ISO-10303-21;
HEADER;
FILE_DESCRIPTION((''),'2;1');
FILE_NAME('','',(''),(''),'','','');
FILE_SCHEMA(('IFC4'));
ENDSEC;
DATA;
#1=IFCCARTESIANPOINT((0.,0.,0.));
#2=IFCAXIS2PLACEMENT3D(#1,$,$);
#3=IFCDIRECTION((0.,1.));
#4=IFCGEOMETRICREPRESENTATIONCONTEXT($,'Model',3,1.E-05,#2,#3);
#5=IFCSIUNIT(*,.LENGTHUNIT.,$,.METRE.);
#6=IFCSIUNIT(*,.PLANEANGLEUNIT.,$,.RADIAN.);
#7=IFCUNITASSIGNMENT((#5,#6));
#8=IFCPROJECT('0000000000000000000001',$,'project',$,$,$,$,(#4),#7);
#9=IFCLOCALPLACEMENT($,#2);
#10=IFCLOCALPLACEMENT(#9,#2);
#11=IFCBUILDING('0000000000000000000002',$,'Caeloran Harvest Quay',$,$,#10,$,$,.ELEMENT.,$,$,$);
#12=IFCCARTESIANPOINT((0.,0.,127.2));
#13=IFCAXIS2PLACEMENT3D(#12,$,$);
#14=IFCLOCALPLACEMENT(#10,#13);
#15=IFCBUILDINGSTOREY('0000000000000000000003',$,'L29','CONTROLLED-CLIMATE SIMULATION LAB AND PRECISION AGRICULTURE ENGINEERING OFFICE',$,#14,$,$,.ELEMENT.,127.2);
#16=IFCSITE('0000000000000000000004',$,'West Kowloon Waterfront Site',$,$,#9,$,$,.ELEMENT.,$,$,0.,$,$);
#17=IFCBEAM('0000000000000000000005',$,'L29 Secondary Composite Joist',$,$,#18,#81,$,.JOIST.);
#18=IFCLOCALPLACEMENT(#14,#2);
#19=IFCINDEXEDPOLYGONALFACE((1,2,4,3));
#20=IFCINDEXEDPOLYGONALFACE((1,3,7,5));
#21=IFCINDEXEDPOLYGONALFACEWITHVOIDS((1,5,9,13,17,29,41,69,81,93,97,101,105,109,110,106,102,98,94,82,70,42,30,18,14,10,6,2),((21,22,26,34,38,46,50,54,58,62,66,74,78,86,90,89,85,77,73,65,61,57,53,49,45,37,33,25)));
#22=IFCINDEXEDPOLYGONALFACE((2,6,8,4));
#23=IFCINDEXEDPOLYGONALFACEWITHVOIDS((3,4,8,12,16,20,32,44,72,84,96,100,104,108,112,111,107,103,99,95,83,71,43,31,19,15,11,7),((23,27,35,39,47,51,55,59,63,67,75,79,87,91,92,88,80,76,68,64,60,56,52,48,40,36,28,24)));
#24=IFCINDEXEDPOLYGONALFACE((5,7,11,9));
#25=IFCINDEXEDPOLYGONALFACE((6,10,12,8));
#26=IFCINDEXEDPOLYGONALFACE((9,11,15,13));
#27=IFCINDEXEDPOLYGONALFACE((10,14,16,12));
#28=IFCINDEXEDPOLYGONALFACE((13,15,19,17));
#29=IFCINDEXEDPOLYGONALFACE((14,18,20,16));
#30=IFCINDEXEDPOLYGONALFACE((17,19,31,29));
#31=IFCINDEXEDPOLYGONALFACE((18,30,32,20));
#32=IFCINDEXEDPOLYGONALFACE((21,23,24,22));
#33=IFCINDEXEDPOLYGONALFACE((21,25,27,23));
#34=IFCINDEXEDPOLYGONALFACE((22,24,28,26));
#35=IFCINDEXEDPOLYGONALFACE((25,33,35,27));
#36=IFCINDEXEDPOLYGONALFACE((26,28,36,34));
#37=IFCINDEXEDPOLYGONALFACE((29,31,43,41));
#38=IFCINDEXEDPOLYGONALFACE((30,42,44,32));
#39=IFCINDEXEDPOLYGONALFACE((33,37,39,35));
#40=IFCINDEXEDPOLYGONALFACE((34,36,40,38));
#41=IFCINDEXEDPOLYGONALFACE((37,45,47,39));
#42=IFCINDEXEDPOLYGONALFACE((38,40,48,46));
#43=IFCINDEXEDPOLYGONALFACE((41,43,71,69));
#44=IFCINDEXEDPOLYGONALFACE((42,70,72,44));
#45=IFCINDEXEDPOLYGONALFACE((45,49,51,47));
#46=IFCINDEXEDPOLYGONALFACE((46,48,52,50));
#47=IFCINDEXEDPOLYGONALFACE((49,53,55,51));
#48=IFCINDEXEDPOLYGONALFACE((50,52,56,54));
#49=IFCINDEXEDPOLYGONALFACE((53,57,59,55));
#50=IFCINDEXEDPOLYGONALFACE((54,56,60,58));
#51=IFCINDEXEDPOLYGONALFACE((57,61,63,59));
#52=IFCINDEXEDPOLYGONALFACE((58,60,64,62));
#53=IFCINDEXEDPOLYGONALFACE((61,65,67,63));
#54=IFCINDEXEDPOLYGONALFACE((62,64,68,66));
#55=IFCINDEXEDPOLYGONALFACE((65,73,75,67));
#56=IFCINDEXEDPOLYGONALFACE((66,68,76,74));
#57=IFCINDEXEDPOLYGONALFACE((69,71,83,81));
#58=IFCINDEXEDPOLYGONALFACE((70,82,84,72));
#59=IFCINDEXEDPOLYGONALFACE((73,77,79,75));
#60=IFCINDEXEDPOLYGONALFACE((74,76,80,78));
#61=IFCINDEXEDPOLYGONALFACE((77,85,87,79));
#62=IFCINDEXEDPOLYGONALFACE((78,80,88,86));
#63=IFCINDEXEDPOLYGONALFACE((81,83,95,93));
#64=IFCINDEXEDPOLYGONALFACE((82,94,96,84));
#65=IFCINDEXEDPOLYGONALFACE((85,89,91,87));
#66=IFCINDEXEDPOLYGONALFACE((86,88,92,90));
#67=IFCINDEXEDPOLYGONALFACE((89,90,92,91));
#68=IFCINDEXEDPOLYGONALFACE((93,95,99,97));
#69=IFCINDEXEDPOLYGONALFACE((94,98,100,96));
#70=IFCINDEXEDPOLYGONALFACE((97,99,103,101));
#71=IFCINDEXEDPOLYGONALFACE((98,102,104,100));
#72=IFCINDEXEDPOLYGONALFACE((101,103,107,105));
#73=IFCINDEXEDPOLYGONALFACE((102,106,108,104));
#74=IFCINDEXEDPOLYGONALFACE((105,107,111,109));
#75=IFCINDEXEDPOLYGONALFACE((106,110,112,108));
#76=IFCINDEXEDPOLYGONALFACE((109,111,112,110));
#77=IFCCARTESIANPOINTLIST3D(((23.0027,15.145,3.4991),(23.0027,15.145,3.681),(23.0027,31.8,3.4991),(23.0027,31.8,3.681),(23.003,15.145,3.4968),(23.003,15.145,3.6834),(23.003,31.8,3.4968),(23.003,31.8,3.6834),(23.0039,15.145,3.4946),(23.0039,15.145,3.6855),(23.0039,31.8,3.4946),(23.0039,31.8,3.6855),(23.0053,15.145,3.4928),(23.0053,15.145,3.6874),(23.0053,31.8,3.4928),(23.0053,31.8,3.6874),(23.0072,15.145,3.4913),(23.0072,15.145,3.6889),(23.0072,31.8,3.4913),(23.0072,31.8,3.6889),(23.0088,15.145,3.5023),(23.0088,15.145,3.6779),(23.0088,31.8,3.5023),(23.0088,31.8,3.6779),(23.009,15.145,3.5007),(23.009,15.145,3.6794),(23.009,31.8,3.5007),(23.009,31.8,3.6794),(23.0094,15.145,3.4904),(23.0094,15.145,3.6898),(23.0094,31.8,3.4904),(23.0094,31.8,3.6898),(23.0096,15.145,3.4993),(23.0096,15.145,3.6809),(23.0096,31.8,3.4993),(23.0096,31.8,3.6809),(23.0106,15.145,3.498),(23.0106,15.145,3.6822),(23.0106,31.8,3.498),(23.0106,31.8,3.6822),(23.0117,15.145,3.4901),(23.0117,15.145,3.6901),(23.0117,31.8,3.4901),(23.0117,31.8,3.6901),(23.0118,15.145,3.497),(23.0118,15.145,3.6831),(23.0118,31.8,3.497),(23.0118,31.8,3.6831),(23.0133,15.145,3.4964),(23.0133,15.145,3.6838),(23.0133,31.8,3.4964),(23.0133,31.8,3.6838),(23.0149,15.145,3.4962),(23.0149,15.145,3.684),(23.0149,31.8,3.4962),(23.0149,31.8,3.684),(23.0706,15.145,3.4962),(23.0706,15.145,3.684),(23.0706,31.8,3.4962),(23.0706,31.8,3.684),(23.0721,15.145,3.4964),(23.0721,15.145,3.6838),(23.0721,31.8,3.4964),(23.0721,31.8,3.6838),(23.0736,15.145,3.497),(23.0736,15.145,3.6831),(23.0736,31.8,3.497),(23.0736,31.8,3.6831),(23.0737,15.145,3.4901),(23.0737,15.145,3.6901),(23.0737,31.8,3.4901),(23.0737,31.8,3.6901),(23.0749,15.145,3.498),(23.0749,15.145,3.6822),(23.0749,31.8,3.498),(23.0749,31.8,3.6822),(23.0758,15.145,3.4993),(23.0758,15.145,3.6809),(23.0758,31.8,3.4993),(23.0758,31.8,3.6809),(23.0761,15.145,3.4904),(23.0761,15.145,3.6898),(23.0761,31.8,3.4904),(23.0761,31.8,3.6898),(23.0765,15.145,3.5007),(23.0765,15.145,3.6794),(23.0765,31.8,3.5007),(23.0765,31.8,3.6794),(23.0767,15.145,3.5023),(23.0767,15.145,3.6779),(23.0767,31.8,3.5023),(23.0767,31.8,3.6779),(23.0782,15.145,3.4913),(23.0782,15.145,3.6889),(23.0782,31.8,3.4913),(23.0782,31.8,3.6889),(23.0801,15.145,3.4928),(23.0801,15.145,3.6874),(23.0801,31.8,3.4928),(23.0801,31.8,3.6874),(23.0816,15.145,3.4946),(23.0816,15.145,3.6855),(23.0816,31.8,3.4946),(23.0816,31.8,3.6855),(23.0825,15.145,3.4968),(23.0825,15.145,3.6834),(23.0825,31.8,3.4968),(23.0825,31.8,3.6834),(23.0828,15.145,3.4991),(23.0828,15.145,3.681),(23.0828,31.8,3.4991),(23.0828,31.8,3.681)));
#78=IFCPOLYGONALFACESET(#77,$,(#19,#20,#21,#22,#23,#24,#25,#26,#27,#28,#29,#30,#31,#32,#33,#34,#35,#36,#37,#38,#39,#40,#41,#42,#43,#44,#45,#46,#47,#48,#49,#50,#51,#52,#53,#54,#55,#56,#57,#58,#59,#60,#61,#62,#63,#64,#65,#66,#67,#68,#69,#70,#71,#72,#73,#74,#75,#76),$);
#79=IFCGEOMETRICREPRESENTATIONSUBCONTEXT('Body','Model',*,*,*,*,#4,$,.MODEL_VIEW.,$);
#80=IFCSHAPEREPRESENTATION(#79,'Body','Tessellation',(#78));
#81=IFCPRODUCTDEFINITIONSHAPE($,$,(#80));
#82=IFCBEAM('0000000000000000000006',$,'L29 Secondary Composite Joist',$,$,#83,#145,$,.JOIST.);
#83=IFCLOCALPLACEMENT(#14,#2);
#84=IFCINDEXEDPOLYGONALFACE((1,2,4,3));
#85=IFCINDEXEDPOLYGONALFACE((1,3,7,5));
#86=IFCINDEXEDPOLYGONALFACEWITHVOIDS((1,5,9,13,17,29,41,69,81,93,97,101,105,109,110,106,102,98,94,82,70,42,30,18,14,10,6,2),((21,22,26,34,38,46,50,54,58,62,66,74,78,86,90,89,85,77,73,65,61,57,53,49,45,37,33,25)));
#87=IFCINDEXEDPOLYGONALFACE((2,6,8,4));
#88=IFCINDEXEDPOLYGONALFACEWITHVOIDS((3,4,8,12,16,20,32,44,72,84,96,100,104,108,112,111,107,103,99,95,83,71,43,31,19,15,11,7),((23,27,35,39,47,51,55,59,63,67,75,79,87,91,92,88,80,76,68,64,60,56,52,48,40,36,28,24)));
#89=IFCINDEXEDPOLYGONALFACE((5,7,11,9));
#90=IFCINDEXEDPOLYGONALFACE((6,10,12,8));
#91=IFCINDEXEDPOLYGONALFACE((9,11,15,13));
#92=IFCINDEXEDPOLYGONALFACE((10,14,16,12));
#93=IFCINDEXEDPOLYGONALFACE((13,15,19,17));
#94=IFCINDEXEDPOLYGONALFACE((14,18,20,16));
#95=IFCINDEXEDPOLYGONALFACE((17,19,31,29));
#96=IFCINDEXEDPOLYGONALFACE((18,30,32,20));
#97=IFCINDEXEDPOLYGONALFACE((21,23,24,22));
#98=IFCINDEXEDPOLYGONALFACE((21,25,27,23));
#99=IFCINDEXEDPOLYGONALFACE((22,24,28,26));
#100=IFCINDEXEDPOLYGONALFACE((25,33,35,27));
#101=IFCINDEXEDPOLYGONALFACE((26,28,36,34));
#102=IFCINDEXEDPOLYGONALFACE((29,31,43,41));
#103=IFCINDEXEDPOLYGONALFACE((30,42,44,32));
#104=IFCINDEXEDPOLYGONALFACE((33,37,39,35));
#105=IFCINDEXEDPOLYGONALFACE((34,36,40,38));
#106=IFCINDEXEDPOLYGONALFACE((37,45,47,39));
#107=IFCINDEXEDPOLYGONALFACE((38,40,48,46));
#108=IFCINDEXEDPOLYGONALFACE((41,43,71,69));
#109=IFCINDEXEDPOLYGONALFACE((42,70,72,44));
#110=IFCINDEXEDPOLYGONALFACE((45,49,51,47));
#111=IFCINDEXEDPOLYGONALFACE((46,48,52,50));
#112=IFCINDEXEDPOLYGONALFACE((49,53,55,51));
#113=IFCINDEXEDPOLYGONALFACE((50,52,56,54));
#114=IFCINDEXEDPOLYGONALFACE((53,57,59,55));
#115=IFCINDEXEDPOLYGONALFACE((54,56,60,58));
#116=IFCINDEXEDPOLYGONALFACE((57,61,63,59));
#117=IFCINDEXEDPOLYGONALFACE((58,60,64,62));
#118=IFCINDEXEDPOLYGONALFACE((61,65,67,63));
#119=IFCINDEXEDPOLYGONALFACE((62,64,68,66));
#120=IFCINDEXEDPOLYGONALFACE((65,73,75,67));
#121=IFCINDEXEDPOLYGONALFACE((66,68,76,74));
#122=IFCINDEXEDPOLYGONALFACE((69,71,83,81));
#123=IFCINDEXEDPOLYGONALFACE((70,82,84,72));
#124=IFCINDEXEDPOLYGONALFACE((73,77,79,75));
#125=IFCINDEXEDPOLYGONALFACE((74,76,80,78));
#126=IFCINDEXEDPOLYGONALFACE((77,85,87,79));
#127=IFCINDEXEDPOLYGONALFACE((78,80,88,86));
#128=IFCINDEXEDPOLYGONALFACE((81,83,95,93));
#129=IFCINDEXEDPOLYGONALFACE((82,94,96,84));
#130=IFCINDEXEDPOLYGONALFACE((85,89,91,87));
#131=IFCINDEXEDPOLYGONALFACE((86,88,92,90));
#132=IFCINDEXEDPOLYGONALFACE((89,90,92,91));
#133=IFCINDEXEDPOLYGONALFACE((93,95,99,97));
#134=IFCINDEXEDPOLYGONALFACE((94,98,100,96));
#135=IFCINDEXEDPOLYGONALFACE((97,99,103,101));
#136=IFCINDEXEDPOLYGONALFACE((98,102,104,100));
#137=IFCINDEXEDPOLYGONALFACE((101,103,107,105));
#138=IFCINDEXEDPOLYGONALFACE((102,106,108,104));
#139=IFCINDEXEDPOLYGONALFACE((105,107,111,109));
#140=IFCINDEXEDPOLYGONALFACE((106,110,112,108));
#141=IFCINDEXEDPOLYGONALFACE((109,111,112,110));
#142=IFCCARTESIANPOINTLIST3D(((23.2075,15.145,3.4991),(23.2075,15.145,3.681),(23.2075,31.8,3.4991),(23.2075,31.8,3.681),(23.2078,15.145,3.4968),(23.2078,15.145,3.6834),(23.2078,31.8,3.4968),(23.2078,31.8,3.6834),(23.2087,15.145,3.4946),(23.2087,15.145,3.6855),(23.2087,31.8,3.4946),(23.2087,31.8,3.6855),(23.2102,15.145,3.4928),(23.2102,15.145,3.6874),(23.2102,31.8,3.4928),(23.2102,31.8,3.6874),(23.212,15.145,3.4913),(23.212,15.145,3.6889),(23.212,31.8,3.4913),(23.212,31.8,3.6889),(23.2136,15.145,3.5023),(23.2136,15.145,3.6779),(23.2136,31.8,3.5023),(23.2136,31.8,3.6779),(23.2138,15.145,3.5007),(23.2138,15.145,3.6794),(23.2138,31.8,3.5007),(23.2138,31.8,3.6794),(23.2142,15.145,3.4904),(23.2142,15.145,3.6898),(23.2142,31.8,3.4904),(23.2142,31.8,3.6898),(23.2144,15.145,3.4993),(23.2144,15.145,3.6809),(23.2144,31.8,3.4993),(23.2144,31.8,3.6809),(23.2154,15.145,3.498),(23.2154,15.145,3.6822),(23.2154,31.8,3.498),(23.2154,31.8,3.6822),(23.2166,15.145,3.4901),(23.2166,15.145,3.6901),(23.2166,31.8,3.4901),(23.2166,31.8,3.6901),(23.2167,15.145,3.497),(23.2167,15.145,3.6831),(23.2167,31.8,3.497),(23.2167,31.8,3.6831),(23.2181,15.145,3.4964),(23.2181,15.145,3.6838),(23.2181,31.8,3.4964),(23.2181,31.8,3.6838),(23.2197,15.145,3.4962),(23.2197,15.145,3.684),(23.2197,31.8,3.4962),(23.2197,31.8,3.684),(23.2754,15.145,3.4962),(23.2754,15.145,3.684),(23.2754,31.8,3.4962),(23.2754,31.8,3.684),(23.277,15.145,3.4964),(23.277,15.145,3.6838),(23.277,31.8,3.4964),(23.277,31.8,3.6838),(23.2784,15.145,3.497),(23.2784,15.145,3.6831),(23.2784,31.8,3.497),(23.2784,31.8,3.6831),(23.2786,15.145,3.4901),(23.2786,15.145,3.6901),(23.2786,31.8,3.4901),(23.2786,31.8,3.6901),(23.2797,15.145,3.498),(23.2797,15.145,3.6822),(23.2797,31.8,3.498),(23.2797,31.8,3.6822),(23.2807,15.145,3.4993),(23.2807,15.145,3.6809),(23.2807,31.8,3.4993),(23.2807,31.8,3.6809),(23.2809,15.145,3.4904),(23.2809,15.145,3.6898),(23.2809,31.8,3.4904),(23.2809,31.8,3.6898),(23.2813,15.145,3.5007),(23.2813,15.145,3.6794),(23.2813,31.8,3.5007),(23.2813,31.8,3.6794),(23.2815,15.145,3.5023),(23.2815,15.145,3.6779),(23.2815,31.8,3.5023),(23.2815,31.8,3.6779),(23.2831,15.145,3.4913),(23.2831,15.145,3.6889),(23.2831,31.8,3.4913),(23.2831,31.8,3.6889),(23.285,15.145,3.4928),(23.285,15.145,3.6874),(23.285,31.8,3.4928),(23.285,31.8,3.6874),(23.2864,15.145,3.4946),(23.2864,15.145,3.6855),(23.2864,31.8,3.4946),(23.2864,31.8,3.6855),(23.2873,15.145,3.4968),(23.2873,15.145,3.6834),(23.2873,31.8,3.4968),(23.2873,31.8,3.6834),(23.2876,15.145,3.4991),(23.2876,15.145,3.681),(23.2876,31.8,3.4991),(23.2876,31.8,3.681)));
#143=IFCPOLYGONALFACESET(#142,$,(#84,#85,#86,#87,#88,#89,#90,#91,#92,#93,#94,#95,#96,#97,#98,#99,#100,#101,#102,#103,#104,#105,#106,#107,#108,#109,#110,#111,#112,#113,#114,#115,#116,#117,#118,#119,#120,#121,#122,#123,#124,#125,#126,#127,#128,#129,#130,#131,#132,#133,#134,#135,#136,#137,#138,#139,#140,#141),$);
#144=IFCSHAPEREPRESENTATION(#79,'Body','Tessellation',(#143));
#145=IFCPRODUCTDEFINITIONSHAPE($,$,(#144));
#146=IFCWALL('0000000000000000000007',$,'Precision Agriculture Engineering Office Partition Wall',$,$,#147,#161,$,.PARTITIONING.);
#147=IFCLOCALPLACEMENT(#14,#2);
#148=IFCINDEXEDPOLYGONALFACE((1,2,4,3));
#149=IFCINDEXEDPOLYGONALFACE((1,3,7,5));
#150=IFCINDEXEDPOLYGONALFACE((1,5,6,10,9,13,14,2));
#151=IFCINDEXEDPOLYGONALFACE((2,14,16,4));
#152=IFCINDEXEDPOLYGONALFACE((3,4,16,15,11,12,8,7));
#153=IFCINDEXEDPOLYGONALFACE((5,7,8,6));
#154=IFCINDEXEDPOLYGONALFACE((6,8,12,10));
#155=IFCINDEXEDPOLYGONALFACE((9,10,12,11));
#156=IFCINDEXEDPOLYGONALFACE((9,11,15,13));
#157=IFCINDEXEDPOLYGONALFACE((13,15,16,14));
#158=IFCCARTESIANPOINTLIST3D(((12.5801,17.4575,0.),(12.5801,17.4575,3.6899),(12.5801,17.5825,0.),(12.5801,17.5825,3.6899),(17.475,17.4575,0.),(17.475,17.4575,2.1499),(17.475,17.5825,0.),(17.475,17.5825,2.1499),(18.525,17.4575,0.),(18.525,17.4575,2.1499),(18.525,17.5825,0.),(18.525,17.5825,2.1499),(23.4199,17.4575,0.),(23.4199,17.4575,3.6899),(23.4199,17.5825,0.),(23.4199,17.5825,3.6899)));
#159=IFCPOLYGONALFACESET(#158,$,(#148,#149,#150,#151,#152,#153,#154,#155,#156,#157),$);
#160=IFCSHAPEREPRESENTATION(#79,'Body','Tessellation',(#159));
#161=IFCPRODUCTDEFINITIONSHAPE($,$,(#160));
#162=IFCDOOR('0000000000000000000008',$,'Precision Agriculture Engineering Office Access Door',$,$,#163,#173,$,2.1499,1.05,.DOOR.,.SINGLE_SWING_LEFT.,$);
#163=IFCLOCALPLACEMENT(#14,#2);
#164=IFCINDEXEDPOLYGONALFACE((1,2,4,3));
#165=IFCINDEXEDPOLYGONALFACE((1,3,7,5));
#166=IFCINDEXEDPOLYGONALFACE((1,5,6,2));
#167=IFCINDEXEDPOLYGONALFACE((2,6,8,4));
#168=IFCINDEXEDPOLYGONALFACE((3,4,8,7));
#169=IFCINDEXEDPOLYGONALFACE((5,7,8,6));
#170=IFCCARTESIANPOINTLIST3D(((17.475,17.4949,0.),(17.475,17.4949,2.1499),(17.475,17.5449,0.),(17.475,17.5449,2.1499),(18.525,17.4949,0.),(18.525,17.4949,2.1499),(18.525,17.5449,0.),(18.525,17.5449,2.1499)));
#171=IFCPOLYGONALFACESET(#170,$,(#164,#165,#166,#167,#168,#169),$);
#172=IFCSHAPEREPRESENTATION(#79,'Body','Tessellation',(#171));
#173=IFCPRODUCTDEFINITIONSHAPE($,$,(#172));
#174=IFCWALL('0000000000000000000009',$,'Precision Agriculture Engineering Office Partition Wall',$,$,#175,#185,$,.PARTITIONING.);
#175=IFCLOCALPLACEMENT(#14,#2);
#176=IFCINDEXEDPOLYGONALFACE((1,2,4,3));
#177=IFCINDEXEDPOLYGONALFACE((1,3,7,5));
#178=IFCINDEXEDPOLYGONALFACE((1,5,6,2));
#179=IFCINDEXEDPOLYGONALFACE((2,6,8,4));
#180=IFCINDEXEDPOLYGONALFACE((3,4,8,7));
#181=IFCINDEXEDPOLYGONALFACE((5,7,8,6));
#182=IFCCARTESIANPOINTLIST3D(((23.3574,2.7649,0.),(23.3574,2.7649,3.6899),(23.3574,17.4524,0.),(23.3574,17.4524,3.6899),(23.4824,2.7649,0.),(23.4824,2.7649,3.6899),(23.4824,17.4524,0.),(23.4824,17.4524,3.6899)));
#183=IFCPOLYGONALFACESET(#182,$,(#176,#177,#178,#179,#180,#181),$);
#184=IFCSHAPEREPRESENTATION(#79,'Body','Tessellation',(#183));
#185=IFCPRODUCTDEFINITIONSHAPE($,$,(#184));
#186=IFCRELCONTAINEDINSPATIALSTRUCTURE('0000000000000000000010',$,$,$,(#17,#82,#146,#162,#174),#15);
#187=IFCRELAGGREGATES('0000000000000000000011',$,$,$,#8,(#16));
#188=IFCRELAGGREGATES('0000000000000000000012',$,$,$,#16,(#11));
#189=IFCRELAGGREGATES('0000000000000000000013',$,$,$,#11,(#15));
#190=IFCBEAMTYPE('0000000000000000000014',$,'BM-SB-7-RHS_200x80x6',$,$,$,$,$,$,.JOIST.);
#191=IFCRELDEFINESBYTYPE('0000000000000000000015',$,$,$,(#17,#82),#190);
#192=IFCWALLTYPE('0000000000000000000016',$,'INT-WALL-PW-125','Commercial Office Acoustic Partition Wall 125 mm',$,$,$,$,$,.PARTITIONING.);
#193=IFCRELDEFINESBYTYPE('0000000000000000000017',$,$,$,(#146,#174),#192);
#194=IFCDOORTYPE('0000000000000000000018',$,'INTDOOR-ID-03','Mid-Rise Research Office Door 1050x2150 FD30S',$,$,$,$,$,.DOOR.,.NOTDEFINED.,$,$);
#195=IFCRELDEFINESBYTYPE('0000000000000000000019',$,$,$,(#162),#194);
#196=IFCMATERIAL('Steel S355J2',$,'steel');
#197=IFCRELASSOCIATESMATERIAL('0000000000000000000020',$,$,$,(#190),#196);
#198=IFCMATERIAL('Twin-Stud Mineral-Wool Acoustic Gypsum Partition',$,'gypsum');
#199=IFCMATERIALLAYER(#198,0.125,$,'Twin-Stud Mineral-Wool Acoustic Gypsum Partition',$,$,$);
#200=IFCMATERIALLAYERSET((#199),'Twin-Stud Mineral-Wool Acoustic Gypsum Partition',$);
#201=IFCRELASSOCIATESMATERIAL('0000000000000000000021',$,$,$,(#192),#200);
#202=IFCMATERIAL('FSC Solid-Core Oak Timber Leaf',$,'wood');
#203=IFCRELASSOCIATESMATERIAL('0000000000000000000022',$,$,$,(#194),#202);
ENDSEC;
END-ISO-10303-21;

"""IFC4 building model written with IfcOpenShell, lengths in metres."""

from ifc_helpers import new_model, si_unit, direction, frame, frame_2d, origin, origin_2d, place, context, subcontext, project, spatial, rectangle, hollow_rectangle, extrude, material, layer, layer_set, material_profile, profile_set, type_object, element, fill, save


model = new_model("IFC4")

# Units and contexts
model_context = context("Model", 3, precision=1e-05, world=origin(), true_north=direction((0.0, 1.0)))
body_context = subcontext(model_context, "Body", "Model", "MODEL_VIEW")
ifc_project = project(units=[si_unit("LENGTHUNIT", "METRE"), si_unit("PLANEANGLEUNIT", "RADIAN")], contexts=[model_context])

# Site, building, storey
site_placement = place(None, origin())
site = spatial("IfcSite", under=ifc_project, at=site_placement, Name="West Kowloon Waterfront Site", CompositionType="ELEMENT", RefElevation=0.0)
building_placement = place(site_placement, origin())
building = spatial("IfcBuilding", under=site, at=building_placement, Name="Caeloran Harvest Quay", CompositionType="ELEMENT")
storey_placement = place(building_placement, frame((0.0, 0.0, 127.2)))
storey = spatial("IfcBuildingStorey", under=building, at=storey_placement, Name="L29", Description="CONTROLLED-CLIMATE SIMULATION LAB AND PRECISION AGRICULTURE ENGINEERING OFFICE", CompositionType="ELEMENT", Elevation=127.2)

# Beams
ifc_material_1 = material(Name="Steel S355J2", Category="steel")
ifc_material_profile_1 = material_profile(ifc_material_1, hollow_rectangle(XDim=0.0801, YDim=0.2, WallThickness=0.0061, InnerFilletRadius=0.0061, OuterFilletRadius=0.009, at=origin_2d()), Name="RHS 200x80x6")
ifc_profile_set_1 = profile_set([ifc_material_profile_1], Name="Steel S355J2")
beam_type_1 = type_object("IfcBeamType", Name="BM-SB-7-RHS_200x80x6", PredefinedType="JOIST", material=ifc_profile_set_1)
for number, where, z_axis, x_axis, name in (
    (1, (23.0427, 15.145, 3.5901), (0.0, 1.0, 0.0), (-1.0, 0.0, 0.0), "L29 Secondary Composite Joist"),
    (2, (23.2476, 15.145, 3.5901), (0.0, 1.0, 0.0), (-1.0, 0.0, 0.0), "L29 Secondary Composite Joist"),
):
    element("IfcBeam", number, at=place(storey_placement, frame(where, z_axis=z_axis, x_axis=x_axis)), inside=storey, type_object=beam_type_1, Name=name, PredefinedType="JOIST", context=body_context, shape_type="SweptSolid", body=[
        extrude(hollow_rectangle(XDim=0.0801, YDim=0.2, WallThickness=0.0061, InnerFilletRadius=0.0061, OuterFilletRadius=0.009, at=origin_2d()), origin(), (0.0, 0.0, 1.0), 16.655),
    ])

# Wall, opening, door
ifc_material_2 = material(Name="Twin-Stud Mineral-Wool Acoustic Gypsum Partition", Category="gypsum")
ifc_layer_1 = layer(ifc_material_2, 0.125, Name="Twin-Stud Mineral-Wool Acoustic Gypsum Partition")
ifc_layer_set_1 = layer_set([ifc_layer_1], Name="Twin-Stud Mineral-Wool Acoustic Gypsum Partition")
wall_type_1 = type_object("IfcWallType", Name="INT-WALL-PW-125", Description="Commercial Office Acoustic Partition Wall 125 mm", PredefinedType="PARTITIONING", material=ifc_layer_set_1)
wall_1_placement = place(storey_placement, frame((12.5801, 17.52, 0.0), z_axis=(0.0, 0.0, 1.0), x_axis=(1.0, 0.0, 0.0)))
wall_1 = element("IfcWall", 3, at=wall_1_placement, inside=storey, type_object=wall_type_1, Name="Precision Agriculture Engineering Office Partition Wall", PredefinedType="PARTITIONING", context=body_context, shape_type="SweptSolid", body=[
    extrude(rectangle(XDim=10.8398, YDim=0.125, at=frame_2d((5.4199, 0.0))), origin(), (0.0, 0.0, 1.0), 3.6899),
])
opening_1_placement = place(wall_1_placement, frame((4.895, 0.0, 0.0)))
opening_1 = element("IfcOpeningElement", 4, at=opening_1_placement, cuts=wall_1, PredefinedType="OPENING", context=body_context, shape_type="SweptSolid", body=[
    extrude(rectangle(XDim=1.05, YDim=2.1499, at=frame_2d((0.5249, 1.075))), frame((0.0, 0.0725, 0.0), z_axis=(0.0, -1.0, 0.0), x_axis=(1.0, 0.0, 0.0)), (0.0, 0.0, 1.0), 0.145),
])
ifc_material_3 = material(Name="FSC Solid-Core Oak Timber Leaf", Category="wood")
door_type_1 = type_object("IfcDoorType", Name="INTDOOR-ID-03", Description="Mid-Rise Research Office Door 1050x2150 FD30S", OperationType="NOTDEFINED", PredefinedType="DOOR", material=ifc_material_3)
door_1_placement = place(opening_1_placement, origin())
door_1 = element("IfcDoor", 5, at=door_1_placement, inside=storey, type_object=door_type_1, Name="Precision Agriculture Engineering Office Access Door", OperationType="SINGLE_SWING_LEFT", OverallHeight=2.1499, OverallWidth=1.05, PredefinedType="DOOR", context=body_context, shape_type="SweptSolid", body=[
    extrude(rectangle(XDim=1.05, YDim=2.1499, at=frame_2d((0.5249, 1.075))), frame((0.0, 0.0249, 0.0), z_axis=(0.0, -1.0, 0.0), x_axis=(1.0, 0.0, 0.0)), (0.0, 0.0, 1.0), 0.05),
])
fill(opening_1, door_1)

# Wall
wall_2_placement = place(storey_placement, frame((23.4199, 17.4524, 0.0), z_axis=(0.0, 0.0, 1.0), x_axis=(0.0, -1.0, 0.0)))
element("IfcWall", 6, at=wall_2_placement, inside=storey, type_object=wall_type_1, Name="Precision Agriculture Engineering Office Partition Wall", PredefinedType="PARTITIONING", context=body_context, shape_type="SweptSolid", body=[
    extrude(rectangle(XDim=14.6875, YDim=0.125, at=frame_2d((7.3438, 0.0))), origin(), (0.0, 0.0, 1.0), 3.6899),
])

save(model, "model.ifc")
